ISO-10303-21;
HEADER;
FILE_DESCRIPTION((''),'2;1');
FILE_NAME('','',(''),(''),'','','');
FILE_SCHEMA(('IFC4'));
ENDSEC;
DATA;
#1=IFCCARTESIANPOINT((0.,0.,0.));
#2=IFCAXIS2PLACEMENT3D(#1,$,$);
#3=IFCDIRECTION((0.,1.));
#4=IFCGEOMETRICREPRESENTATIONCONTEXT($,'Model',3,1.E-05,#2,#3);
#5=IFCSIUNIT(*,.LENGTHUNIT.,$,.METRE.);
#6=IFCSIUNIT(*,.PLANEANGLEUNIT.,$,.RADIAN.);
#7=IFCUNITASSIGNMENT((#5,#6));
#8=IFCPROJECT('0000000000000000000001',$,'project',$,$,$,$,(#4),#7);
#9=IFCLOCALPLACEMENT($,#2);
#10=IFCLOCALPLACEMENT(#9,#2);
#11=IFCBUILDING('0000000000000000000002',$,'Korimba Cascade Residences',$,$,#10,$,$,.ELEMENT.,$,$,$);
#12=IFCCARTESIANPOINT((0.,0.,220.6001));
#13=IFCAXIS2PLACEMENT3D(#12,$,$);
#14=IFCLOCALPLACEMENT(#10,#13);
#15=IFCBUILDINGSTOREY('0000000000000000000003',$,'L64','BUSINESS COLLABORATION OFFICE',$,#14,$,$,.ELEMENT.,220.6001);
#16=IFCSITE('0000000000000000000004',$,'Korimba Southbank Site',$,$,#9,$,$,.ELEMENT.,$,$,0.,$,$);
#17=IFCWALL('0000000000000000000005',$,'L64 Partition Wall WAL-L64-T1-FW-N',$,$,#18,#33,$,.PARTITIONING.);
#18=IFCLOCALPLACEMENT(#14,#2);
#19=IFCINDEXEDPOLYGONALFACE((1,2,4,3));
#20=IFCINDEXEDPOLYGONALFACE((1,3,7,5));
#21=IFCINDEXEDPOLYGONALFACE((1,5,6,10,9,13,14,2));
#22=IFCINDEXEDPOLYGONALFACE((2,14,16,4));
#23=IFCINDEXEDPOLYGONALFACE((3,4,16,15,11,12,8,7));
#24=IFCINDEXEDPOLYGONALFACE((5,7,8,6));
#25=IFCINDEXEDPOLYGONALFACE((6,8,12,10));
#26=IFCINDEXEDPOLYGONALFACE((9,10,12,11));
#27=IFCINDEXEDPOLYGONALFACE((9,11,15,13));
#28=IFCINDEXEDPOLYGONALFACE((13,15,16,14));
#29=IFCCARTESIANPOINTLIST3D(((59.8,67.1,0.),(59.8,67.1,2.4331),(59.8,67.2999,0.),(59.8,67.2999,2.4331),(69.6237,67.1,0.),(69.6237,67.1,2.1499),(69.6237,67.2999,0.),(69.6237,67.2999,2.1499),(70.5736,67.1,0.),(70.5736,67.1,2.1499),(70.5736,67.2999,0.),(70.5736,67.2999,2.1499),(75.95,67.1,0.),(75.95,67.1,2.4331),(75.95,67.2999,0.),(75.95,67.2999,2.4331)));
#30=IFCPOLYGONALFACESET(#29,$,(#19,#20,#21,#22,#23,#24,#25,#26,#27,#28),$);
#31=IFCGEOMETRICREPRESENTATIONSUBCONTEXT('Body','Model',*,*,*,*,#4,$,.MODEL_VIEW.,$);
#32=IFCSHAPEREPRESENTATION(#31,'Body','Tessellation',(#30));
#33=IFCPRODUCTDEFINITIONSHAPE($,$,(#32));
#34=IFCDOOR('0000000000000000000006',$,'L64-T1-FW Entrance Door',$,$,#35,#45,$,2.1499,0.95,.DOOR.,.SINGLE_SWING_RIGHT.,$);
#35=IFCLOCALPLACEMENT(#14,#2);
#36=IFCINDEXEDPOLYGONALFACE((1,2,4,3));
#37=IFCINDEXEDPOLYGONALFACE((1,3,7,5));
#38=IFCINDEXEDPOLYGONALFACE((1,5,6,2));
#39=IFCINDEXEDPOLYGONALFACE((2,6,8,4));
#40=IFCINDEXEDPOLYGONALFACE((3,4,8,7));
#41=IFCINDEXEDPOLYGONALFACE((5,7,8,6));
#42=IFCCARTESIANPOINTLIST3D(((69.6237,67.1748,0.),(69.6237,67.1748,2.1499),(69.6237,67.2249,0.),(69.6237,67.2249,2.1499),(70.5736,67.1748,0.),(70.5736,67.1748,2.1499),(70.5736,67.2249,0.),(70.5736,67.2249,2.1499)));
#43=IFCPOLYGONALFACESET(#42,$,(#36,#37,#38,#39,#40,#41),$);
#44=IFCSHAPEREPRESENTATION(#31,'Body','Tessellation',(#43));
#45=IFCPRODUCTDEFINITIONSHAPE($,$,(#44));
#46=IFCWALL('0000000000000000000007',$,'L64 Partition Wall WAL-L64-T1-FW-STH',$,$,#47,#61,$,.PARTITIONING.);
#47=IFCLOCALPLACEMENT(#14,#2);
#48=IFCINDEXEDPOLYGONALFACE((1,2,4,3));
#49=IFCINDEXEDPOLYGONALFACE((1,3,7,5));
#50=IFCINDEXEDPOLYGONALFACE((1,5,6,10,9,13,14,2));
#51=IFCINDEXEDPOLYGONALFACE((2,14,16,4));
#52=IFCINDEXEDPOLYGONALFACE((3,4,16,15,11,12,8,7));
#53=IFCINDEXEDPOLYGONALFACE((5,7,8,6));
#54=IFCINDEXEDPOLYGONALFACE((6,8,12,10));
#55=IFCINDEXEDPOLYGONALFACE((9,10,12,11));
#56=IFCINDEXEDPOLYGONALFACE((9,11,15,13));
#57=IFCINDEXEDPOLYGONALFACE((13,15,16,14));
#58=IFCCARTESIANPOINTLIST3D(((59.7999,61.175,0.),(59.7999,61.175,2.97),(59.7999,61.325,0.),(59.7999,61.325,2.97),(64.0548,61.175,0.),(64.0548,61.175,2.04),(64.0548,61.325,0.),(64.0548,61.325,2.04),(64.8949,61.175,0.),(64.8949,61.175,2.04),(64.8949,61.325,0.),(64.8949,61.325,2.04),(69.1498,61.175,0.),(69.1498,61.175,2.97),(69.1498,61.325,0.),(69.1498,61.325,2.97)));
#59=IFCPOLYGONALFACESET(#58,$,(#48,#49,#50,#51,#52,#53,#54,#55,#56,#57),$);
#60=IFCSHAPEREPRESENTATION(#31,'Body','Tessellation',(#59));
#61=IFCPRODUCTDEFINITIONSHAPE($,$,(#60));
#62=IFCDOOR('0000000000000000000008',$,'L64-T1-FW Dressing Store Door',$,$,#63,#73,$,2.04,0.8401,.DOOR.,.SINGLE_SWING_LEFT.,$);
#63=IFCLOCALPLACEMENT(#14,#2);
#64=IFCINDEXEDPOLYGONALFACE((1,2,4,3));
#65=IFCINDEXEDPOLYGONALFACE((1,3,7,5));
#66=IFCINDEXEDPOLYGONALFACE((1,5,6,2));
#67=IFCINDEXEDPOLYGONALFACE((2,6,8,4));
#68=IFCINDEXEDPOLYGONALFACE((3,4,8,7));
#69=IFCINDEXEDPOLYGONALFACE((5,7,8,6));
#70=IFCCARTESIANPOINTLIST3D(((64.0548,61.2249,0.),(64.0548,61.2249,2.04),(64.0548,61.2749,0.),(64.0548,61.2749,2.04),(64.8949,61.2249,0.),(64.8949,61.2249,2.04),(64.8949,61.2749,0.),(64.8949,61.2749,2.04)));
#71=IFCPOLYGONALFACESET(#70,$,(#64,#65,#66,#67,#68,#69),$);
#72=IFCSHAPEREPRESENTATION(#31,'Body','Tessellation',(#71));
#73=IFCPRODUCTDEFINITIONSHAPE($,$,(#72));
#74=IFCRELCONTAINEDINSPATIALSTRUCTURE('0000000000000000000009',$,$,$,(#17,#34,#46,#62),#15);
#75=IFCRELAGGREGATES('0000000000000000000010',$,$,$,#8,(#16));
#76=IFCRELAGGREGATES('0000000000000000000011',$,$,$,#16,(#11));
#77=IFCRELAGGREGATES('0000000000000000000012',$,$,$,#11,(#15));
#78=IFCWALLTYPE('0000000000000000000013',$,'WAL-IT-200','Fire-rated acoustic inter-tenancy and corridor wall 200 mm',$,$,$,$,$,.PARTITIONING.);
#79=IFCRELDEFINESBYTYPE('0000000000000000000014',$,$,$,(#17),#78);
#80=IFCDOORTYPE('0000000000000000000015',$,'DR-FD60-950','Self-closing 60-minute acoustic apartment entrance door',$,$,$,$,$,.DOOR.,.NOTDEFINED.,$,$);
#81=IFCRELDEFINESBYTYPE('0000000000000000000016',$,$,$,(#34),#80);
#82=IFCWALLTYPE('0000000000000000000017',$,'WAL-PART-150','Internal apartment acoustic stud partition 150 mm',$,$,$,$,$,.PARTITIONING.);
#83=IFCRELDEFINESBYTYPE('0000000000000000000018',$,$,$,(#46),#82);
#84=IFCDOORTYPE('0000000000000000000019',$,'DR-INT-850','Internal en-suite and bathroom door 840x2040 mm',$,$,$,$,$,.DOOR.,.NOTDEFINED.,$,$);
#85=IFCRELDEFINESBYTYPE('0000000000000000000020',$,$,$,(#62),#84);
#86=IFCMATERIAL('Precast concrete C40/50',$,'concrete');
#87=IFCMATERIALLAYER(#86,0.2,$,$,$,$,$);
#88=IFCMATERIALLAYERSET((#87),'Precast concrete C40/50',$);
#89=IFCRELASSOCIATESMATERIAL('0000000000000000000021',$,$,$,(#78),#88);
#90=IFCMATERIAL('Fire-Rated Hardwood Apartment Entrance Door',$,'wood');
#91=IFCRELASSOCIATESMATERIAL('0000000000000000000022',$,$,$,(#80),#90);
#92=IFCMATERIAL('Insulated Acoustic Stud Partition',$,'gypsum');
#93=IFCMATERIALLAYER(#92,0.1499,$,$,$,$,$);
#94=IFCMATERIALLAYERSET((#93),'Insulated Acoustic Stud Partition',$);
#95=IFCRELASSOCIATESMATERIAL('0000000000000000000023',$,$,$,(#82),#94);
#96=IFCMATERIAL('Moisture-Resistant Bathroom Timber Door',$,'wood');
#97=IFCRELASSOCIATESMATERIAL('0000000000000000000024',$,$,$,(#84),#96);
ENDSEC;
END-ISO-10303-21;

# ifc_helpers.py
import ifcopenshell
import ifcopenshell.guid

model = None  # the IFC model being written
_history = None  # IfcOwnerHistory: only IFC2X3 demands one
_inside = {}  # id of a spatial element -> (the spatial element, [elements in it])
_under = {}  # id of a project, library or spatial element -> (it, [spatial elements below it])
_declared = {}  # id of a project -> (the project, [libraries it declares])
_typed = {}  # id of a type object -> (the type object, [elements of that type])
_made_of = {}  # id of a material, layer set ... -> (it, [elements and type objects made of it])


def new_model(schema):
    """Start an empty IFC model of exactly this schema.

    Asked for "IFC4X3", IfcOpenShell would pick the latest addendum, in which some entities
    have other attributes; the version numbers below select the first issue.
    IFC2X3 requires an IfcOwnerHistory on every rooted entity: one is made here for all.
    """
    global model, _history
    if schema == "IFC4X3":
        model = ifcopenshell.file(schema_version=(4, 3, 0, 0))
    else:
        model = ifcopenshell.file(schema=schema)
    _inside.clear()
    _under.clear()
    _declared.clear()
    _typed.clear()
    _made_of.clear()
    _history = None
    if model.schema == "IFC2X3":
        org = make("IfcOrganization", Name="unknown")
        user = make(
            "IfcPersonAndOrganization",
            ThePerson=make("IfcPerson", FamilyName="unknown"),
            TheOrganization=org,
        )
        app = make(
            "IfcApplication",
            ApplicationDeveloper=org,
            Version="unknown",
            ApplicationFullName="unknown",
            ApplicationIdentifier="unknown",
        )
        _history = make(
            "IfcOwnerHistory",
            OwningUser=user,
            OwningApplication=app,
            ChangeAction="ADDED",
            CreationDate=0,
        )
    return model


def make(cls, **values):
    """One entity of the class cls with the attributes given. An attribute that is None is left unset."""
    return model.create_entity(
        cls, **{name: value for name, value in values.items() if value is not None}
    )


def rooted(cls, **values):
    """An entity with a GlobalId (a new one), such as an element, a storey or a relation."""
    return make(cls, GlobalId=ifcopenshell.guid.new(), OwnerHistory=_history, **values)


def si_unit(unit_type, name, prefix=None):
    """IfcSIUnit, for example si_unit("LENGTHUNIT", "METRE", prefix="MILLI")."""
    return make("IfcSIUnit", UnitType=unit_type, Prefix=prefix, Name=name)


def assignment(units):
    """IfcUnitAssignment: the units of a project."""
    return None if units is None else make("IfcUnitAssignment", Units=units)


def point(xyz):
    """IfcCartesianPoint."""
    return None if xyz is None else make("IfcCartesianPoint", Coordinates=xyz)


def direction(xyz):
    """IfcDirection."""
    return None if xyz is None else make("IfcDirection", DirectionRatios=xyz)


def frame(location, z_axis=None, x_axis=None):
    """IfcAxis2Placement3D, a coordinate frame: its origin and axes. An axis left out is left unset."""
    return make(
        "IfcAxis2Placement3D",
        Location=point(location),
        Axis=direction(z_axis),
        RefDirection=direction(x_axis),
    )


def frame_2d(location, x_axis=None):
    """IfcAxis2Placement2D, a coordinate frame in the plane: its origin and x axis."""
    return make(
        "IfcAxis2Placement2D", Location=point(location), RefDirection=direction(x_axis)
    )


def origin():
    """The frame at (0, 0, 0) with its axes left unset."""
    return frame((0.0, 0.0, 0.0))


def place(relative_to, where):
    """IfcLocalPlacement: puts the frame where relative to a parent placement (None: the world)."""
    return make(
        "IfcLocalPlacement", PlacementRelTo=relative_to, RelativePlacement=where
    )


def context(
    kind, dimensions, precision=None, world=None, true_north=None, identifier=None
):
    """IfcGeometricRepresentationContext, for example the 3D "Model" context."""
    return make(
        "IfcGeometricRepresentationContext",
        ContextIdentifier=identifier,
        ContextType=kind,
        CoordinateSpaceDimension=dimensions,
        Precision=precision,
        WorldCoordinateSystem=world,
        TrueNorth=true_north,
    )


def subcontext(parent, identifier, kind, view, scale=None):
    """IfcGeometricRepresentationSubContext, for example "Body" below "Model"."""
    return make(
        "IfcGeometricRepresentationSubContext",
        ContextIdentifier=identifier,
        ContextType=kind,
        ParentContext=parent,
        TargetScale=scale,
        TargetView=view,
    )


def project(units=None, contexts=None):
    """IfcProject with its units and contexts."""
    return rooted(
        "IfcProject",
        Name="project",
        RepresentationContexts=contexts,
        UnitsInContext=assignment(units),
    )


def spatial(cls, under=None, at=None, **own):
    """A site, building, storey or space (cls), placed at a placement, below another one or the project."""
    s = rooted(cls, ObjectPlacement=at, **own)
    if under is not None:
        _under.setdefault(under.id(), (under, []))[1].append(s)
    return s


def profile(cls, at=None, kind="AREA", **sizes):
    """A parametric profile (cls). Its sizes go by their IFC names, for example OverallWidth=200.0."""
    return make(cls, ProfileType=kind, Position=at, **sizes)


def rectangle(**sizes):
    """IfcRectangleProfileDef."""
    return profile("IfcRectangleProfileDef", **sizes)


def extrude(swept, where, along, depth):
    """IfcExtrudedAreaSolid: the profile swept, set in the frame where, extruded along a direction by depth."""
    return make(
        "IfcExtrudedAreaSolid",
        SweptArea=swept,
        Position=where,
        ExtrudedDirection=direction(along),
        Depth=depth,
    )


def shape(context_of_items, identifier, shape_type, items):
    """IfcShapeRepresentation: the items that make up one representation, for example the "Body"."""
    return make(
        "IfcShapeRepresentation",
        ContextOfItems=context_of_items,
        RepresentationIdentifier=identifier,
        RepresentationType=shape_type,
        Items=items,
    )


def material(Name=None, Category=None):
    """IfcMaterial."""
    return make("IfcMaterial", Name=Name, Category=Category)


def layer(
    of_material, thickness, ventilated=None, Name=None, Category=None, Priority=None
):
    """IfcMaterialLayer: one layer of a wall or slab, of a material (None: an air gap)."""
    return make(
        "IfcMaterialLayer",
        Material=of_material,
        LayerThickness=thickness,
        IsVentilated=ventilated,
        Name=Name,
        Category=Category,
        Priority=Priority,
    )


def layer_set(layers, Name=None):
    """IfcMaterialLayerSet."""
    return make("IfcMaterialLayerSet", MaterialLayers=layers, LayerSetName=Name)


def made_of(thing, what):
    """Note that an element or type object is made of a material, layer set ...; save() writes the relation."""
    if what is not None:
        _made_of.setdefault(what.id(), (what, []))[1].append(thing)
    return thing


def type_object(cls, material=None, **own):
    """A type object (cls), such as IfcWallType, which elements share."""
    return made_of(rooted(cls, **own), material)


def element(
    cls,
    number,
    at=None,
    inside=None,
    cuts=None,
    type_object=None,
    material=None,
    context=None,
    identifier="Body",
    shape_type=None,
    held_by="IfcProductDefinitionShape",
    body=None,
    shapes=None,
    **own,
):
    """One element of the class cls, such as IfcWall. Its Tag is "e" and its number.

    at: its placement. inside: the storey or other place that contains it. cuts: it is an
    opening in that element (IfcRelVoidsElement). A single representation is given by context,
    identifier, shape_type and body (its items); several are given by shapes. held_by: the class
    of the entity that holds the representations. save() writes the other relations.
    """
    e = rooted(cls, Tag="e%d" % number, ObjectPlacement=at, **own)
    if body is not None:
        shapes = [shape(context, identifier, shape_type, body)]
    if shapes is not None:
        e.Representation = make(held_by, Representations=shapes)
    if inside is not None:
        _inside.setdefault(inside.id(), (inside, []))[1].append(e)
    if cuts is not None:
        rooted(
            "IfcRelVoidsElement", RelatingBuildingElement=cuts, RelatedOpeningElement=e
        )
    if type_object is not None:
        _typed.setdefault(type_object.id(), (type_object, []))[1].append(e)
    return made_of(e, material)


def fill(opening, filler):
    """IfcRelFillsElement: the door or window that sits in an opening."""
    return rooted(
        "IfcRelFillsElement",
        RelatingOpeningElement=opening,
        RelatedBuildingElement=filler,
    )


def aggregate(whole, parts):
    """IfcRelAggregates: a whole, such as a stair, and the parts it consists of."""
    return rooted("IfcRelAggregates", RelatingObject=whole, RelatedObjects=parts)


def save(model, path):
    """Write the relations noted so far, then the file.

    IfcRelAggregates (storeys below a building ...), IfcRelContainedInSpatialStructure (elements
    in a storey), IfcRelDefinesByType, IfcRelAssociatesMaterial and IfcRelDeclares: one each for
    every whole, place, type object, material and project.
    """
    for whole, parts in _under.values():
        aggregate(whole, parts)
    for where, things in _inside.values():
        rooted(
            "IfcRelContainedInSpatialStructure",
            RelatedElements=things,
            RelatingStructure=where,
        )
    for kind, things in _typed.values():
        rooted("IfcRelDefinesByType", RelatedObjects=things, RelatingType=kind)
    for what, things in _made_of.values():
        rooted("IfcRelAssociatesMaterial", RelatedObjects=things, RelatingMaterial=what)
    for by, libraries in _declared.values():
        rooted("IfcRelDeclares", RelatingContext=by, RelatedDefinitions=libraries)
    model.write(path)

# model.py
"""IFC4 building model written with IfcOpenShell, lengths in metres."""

from ifc_helpers import new_model, si_unit, direction, frame, frame_2d, origin, place, context, subcontext, project, spatial, rectangle, extrude, material, layer, layer_set, type_object, element, fill, save


model = new_model("IFC4")

# Units and contexts
model_context = context("Model", 3, precision=1e-05, world=origin(), true_north=direction((0.0, 1.0)))
body_context = subcontext(model_context, "Body", "Model", "MODEL_VIEW")
ifc_project = project(units=[si_unit("LENGTHUNIT", "METRE"), si_unit("PLANEANGLEUNIT", "RADIAN")], contexts=[model_context])

# Site, building, storey
site_placement = place(None, origin())
site = spatial("IfcSite", under=ifc_project, at=site_placement, Name="Korimba Southbank Site", CompositionType="ELEMENT", RefElevation=0.0)
building_placement = place(site_placement, origin())
building = spatial("IfcBuilding", under=site, at=building_placement, Name="Korimba Cascade Residences", CompositionType="ELEMENT")
storey_placement = place(building_placement, frame((0.0, 0.0, 220.6001)))
storey = spatial("IfcBuildingStorey", under=building, at=storey_placement, Name="L64", Description="BUSINESS COLLABORATION OFFICE", CompositionType="ELEMENT", Elevation=220.6001)

# Shared definitions
ifc_material_1 = material(Name="Precast concrete C40/50", Category="concrete")

# Shared definitions
ifc_layer_1 = layer(ifc_material_1, 0.2)
ifc_layer_set_1 = layer_set([ifc_layer_1], Name="Precast concrete C40/50")
wall_type_1 = type_object("IfcWallType", Name="WAL-IT-200", Description="Fire-rated acoustic inter-tenancy and corridor wall 200 mm", PredefinedType="PARTITIONING", material=ifc_layer_set_1)

# Walls, openings, doors
wall_1_placement = place(storey_placement, frame((59.8, 67.2, 0.0), z_axis=(0.0, 0.0, 1.0), x_axis=(1.0, 0.0, 0.0)))
wall_1 = element("IfcWall", 1, at=wall_1_placement, inside=storey, type_object=wall_type_1, Name="L64 Partition Wall WAL-L64-T1-FW-N", PredefinedType="PARTITIONING", context=body_context, shape_type="SweptSolid", body=[
    extrude(rectangle(XDim=16.1499, YDim=0.2, at=frame_2d((8.075, 0.0))), origin(), (0.0, 0.0, 1.0), 2.4331),
])
opening_1_placement = place(wall_1_placement, frame((9.8235, 0.0, 0.0)))
opening_1 = element("IfcOpeningElement", 2, at=opening_1_placement, cuts=wall_1, PredefinedType="OPENING", context=body_context, shape_type="SweptSolid", body=[
    extrude(rectangle(XDim=0.95, YDim=2.1499, at=frame_2d((0.4751, 1.075))), frame((0.0, 0.1099, 0.0), z_axis=(0.0, -1.0, 0.0), x_axis=(1.0, 0.0, 0.0)), (0.0, 0.0, 1.0), 0.22),
])
ifc_material_2 = material(Name="Fire-Rated Hardwood Apartment Entrance Door", Category="wood")
door_type_1 = type_object("IfcDoorType", Name="DR-FD60-950", Description="Self-closing 60-minute acoustic apartment entrance door", OperationType="NOTDEFINED", PredefinedType="DOOR", material=ifc_material_2)
door_1_placement = place(opening_1_placement, origin())
door_1 = element("IfcDoor", 3, at=door_1_placement, inside=storey, type_object=door_type_1, Name="L64-T1-FW Entrance Door", OperationType="SINGLE_SWING_RIGHT", OverallHeight=2.1499, OverallWidth=0.95, PredefinedType="DOOR", context=body_context, shape_type="SweptSolid", body=[
    extrude(rectangle(XDim=0.95, YDim=2.1499, at=frame_2d((0.4751, 1.075))), frame((0.0, 0.0249, 0.0), z_axis=(0.0, -1.0, 0.0), x_axis=(1.0, 0.0, 0.0)), (0.0, 0.0, 1.0), 0.05),
])
fill(opening_1, door_1)
ifc_material_3 = material(Name="Insulated Acoustic Stud Partition", Category="gypsum")
ifc_layer_2 = layer(ifc_material_3, 0.1499)
ifc_layer_set_2 = layer_set([ifc_layer_2], Name="Insulated Acoustic Stud Partition")
wall_type_2 = type_object("IfcWallType", Name="WAL-PART-150", Description="Internal apartment acoustic stud partition 150 mm", PredefinedType="PARTITIONING", material=ifc_layer_set_2)
wall_2_placement = place(storey_placement, frame((59.8, 61.25, 0.0), z_axis=(0.0, 0.0, 1.0), x_axis=(1.0, 0.0, 0.0)))
wall_2 = element("IfcWall", 4, at=wall_2_placement, inside=storey, type_object=wall_type_2, Name="L64 Partition Wall WAL-L64-T1-FW-STH", PredefinedType="PARTITIONING", context=body_context, shape_type="SweptSolid", body=[
    extrude(rectangle(XDim=9.3499, YDim=0.1499, at=frame_2d((4.6748, 0.0))), origin(), (0.0, 0.0, 1.0), 2.97),
])
opening_2_placement = place(wall_2_placement, frame((4.2549, 0.0, 0.0)))
opening_2 = element("IfcOpeningElement", 5, at=opening_2_placement, cuts=wall_2, PredefinedType="OPENING", context=body_context, shape_type="SweptSolid", body=[
    extrude(rectangle(XDim=0.8401, YDim=2.04, at=frame_2d((0.4199, 1.02))), frame((0.0, 0.085, 0.0), z_axis=(0.0, -1.0, 0.0), x_axis=(1.0, 0.0, 0.0)), (0.0, 0.0, 1.0), 0.1699),
])
ifc_material_4 = material(Name="Moisture-Resistant Bathroom Timber Door", Category="wood")
door_type_2 = type_object("IfcDoorType", Name="DR-INT-850", Description="Internal en-suite and bathroom door 840x2040 mm", OperationType="NOTDEFINED", PredefinedType="DOOR", material=ifc_material_4)
door_2_placement = place(opening_2_placement, origin())
door_2 = element("IfcDoor", 6, at=door_2_placement, inside=storey, type_object=door_type_2, Name="L64-T1-FW Dressing Store Door", OperationType="SINGLE_SWING_LEFT", OverallHeight=2.04, OverallWidth=0.8401, PredefinedType="DOOR", context=body_context, shape_type="SweptSolid", body=[
    extrude(rectangle(XDim=0.8401, YDim=2.04, at=frame_2d((0.4199, 1.02))), frame((0.0, 0.0249, 0.0), z_axis=(0.0, -1.0, 0.0), x_axis=(1.0, 0.0, 0.0)), (0.0, 0.0, 1.0), 0.05),
])
fill(opening_2, door_2)

save(model, "model.ifc")
